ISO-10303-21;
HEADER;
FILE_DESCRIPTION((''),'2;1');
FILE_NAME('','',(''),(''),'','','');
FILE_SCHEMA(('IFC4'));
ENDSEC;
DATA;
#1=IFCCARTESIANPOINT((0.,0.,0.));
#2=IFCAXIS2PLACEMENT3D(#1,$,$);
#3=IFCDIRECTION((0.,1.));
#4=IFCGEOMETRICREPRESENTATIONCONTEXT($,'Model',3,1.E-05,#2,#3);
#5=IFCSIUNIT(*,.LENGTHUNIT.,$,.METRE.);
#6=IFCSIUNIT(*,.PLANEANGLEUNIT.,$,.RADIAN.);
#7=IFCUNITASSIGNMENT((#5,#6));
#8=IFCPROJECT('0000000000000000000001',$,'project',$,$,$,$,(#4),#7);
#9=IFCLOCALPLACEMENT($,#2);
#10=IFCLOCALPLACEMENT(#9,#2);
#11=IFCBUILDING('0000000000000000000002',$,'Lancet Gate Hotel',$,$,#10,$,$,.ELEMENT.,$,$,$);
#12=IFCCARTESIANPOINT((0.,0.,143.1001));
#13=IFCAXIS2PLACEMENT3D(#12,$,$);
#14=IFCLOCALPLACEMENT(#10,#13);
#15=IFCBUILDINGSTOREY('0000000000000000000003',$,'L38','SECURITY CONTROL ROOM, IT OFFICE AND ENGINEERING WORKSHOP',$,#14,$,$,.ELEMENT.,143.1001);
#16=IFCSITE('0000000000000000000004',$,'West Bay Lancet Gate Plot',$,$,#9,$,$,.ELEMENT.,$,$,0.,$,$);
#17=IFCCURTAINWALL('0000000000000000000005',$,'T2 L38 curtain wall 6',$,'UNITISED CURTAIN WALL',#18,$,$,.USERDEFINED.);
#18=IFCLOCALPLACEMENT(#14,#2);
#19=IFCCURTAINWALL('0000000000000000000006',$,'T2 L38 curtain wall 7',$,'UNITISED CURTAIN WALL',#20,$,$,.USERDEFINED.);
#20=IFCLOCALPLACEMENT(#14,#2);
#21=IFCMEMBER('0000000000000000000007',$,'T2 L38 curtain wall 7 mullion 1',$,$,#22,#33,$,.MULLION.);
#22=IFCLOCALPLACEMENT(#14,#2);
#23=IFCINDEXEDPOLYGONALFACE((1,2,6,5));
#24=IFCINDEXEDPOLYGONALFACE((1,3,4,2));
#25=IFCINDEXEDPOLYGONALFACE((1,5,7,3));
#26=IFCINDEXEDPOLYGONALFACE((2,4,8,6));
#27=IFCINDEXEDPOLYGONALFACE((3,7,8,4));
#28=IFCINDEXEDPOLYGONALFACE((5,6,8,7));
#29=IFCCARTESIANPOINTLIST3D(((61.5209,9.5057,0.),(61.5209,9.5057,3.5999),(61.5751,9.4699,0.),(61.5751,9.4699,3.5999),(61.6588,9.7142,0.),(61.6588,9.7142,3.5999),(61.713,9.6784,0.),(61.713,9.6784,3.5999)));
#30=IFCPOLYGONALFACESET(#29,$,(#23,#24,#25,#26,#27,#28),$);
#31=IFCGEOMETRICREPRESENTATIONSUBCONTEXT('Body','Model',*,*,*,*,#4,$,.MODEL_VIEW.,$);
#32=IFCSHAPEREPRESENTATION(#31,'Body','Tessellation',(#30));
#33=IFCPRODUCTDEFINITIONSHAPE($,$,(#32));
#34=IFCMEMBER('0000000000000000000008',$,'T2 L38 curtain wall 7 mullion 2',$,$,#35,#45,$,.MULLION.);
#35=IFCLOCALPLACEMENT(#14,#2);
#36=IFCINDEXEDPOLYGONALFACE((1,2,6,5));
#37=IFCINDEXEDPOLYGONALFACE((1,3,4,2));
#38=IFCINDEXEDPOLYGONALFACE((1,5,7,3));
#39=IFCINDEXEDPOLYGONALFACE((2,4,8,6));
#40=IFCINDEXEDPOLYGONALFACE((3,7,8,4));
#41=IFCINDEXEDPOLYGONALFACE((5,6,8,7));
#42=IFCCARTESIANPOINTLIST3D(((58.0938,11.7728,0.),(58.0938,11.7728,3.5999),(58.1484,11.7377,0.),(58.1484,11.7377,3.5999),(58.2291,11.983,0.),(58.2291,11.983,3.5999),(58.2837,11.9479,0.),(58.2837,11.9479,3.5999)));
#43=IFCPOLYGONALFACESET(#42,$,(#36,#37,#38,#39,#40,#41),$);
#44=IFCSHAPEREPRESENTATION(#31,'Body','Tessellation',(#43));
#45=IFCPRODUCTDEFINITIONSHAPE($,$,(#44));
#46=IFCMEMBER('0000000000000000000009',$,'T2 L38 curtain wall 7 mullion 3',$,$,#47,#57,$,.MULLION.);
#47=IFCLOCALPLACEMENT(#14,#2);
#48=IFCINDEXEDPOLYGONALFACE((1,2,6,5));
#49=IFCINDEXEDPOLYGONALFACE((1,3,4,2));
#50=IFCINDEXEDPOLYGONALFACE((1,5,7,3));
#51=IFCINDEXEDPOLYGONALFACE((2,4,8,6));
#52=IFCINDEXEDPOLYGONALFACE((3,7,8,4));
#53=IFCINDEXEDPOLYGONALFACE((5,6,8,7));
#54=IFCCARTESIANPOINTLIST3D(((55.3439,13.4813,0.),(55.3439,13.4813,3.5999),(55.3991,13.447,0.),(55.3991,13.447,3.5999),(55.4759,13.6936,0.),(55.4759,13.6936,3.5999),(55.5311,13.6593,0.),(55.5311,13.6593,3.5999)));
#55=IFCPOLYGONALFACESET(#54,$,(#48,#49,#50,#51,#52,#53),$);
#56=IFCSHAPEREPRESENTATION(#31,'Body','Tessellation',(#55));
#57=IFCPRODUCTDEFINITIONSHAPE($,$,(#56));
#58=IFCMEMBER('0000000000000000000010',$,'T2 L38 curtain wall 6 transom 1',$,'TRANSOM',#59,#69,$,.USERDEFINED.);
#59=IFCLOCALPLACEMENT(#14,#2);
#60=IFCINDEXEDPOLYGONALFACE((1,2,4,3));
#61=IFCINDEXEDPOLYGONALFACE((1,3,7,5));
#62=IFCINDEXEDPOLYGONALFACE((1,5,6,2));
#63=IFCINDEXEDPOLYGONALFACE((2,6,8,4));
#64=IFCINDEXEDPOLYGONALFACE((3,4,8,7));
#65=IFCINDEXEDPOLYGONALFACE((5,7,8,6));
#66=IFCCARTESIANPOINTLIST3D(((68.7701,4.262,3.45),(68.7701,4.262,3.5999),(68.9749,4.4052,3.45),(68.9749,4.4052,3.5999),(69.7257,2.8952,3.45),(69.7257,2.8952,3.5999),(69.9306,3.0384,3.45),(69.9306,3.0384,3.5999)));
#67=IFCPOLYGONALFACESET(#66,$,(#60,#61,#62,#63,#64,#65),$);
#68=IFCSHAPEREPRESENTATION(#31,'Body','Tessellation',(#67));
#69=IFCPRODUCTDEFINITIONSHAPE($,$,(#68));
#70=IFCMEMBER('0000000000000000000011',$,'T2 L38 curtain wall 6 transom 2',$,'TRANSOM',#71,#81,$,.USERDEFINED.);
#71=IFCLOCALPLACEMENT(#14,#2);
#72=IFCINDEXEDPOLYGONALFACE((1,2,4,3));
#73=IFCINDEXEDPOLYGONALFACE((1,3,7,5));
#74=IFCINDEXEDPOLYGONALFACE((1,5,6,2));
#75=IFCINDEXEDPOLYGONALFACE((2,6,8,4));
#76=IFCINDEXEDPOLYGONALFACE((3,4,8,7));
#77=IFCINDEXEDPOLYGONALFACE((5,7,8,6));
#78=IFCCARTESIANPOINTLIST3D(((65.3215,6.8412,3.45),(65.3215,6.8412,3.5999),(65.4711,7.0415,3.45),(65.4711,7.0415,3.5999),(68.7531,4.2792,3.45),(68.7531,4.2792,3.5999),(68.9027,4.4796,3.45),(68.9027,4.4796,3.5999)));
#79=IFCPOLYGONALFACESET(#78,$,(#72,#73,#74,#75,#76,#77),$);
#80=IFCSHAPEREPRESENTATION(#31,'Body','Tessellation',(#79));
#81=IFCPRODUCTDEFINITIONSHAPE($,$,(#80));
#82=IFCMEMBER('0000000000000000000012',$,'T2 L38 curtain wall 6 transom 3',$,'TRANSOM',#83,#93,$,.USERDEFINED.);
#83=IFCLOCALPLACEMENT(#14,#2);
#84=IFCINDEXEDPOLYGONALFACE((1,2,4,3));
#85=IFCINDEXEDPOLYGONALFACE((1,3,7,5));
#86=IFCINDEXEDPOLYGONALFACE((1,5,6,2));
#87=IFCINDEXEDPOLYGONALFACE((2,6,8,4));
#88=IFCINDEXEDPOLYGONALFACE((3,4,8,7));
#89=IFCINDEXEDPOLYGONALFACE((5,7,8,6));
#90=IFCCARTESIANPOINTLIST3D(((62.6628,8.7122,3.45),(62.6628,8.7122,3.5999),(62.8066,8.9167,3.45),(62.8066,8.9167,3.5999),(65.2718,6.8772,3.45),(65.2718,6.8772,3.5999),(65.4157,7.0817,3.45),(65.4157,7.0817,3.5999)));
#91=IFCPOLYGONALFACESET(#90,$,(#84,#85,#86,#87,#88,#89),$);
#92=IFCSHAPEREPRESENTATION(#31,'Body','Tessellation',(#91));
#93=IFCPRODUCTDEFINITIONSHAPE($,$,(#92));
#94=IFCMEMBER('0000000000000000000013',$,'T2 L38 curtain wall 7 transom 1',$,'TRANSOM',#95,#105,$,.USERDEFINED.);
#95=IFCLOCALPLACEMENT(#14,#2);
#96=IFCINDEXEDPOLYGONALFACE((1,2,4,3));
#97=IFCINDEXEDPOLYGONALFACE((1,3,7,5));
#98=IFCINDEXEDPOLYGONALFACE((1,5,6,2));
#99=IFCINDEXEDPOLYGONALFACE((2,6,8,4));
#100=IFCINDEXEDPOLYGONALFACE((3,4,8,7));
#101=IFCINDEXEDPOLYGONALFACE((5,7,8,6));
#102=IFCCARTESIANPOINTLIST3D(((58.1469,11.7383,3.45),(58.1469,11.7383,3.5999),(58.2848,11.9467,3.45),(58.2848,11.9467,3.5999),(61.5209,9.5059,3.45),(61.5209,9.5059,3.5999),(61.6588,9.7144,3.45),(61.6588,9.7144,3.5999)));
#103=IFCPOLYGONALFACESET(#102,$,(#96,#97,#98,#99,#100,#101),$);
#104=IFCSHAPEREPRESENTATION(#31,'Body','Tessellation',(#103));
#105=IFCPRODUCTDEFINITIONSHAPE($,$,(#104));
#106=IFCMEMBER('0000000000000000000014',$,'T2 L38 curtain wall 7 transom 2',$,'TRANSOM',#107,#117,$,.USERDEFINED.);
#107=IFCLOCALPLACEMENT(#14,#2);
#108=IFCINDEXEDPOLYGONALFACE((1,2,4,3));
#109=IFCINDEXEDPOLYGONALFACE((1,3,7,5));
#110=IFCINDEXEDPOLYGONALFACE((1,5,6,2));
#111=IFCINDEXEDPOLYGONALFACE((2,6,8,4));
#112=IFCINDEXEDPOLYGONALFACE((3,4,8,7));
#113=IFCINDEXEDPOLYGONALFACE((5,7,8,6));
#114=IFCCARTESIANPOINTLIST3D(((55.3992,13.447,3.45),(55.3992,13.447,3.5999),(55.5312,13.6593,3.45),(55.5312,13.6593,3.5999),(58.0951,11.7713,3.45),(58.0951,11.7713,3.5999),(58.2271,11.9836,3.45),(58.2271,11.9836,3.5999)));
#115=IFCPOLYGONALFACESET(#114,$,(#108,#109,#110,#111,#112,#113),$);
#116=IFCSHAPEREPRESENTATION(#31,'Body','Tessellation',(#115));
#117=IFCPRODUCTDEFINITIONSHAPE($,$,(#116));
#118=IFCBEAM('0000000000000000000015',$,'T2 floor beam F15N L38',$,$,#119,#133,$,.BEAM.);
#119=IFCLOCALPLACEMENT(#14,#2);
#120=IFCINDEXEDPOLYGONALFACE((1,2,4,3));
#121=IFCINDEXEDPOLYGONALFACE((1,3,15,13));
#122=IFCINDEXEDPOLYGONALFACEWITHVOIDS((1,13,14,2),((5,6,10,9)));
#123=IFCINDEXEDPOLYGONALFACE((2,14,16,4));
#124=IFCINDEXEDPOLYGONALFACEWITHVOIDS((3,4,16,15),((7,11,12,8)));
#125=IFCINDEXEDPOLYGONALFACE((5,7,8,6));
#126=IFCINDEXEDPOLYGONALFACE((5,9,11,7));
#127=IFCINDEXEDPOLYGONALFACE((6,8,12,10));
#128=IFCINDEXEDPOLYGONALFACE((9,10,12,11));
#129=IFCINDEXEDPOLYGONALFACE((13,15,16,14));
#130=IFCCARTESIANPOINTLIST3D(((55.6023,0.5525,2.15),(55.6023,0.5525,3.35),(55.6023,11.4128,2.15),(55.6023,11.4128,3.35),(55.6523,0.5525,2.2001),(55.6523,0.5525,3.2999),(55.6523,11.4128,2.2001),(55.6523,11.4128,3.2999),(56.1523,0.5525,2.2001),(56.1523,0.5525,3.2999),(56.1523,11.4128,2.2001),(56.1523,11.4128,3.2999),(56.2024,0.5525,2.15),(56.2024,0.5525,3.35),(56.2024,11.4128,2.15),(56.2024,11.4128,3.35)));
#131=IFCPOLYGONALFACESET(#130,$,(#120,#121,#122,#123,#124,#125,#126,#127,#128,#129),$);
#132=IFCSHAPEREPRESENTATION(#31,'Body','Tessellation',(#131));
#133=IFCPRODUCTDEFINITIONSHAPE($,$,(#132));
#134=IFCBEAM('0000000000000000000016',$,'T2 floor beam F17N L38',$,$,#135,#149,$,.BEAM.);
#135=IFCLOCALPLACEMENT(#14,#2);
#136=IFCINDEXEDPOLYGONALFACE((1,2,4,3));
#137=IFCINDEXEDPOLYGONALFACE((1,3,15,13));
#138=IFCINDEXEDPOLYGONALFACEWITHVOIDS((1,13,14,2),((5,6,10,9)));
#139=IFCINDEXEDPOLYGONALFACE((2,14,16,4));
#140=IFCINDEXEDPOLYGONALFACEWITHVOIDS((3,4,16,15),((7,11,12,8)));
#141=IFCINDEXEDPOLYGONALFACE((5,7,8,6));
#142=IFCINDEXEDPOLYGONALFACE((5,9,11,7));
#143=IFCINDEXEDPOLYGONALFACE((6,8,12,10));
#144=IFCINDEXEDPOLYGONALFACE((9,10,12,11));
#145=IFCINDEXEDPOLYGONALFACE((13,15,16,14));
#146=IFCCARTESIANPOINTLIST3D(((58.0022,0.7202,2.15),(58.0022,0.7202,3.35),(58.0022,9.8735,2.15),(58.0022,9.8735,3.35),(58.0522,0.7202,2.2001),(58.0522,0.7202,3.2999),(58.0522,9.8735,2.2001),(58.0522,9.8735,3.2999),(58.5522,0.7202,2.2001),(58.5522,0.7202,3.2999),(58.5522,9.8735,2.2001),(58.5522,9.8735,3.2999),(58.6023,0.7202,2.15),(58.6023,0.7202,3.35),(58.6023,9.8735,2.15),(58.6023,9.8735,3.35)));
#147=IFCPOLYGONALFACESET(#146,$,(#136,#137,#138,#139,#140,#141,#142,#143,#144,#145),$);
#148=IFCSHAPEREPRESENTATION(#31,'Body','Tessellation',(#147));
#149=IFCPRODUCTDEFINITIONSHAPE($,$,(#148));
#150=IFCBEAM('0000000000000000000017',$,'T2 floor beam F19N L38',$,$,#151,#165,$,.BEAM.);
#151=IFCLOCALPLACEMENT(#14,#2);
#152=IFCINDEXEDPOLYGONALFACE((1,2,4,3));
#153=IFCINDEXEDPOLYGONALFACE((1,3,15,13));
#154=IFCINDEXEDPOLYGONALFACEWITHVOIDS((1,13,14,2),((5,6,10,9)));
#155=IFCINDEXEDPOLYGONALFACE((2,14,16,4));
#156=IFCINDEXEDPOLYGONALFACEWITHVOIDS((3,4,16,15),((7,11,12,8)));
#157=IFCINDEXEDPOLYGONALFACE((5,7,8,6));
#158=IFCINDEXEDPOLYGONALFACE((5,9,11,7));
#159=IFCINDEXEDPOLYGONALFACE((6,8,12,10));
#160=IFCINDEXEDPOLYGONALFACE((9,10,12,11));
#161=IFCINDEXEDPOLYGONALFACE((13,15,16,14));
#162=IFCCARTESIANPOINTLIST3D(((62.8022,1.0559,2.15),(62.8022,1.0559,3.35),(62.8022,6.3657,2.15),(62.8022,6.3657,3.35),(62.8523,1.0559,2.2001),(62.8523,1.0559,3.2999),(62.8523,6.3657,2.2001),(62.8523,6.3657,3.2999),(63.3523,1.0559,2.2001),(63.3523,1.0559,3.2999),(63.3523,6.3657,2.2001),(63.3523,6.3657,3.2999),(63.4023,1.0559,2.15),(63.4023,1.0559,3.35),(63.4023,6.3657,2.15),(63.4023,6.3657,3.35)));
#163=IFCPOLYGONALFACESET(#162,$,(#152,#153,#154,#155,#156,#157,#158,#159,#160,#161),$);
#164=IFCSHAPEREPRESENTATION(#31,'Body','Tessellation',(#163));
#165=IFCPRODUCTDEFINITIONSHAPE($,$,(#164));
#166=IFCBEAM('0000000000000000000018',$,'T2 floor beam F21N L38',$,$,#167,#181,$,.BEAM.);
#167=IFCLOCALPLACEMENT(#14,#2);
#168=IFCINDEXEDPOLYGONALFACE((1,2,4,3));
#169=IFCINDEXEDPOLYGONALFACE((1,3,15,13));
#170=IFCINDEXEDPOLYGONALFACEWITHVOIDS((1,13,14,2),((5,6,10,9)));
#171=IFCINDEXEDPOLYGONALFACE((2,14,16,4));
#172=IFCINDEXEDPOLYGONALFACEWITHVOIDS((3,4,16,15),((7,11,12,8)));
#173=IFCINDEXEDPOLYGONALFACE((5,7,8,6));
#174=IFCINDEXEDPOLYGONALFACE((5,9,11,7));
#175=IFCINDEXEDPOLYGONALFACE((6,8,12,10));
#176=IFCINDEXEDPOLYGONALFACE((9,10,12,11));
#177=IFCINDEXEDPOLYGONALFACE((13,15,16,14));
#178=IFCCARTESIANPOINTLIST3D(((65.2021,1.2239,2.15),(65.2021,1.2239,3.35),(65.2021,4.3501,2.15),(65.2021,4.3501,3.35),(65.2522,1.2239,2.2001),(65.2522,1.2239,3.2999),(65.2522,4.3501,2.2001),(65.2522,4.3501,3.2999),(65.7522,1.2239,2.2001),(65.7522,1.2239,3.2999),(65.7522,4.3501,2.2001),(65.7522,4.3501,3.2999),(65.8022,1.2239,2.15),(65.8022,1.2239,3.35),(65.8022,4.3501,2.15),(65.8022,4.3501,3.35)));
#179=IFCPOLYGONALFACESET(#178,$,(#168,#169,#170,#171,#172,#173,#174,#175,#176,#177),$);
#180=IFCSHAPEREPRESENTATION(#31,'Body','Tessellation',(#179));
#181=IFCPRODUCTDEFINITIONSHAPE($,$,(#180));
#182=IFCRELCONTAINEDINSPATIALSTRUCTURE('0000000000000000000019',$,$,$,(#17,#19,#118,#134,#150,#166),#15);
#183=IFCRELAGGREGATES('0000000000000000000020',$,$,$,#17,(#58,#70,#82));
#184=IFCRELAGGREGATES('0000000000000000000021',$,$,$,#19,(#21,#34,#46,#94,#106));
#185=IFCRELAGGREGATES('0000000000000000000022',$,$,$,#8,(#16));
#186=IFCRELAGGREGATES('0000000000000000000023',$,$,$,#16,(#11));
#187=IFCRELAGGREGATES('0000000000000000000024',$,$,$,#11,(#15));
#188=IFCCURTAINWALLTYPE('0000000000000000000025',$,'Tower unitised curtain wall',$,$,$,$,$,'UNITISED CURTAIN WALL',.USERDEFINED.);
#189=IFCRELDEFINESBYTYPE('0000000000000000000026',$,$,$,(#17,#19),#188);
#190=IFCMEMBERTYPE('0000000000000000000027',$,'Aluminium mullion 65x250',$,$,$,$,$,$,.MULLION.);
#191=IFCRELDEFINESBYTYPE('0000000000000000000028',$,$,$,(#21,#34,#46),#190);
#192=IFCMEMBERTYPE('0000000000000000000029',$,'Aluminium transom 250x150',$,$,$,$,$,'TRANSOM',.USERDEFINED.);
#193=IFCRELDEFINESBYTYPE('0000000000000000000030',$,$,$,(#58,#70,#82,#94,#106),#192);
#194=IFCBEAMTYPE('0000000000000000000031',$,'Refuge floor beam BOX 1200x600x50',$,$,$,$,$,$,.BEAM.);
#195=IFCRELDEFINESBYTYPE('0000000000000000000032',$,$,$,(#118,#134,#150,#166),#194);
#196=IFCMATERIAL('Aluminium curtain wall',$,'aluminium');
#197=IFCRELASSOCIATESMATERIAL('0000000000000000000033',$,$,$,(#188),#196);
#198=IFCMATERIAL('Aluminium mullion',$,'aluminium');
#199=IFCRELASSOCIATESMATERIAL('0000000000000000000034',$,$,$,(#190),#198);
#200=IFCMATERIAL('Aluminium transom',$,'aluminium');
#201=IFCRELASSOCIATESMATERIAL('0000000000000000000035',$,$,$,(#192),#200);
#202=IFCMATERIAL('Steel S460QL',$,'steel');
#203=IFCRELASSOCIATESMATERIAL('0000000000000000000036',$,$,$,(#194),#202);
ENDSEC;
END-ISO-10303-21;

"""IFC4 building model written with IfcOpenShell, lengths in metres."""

from ifc_helpers import new_model, si_unit, direction, frame, origin, origin_2d, place, context, subcontext, project, spatial, rectangle, hollow_rectangle, extrude, material, material_profile, profile_set, type_object, element, aggregate, save


model = new_model("IFC4")

# Units and contexts
model_context = context("Model", 3, precision=1e-05, world=origin(), true_north=direction((0.0, 1.0)))
body_context = subcontext(model_context, "Body", "Model", "MODEL_VIEW")
ifc_project = project(units=[si_unit("LENGTHUNIT", "METRE"), si_unit("PLANEANGLEUNIT", "RADIAN")], contexts=[model_context])

# Site, building, storey
site_placement = place(None, origin())
site = spatial("IfcSite", under=ifc_project, at=site_placement, Name="West Bay Lancet Gate Plot", CompositionType="ELEMENT", RefElevation=0.0)
building_placement = place(site_placement, origin())
building = spatial("IfcBuilding", under=site, at=building_placement, Name="Lancet Gate Hotel", CompositionType="ELEMENT")
storey_placement = place(building_placement, frame((0.0, 0.0, 143.1001)))
storey = spatial("IfcBuildingStorey", under=building, at=storey_placement, Name="L38", Description="SECURITY CONTROL ROOM, IT OFFICE AND ENGINEERING WORKSHOP", CompositionType="ELEMENT", Elevation=143.1001)

# Shared definitions
ifc_material_1 = material(Name="Aluminium curtain wall", Category="aluminium")
curtain_wall_type = type_object("IfcCurtainWallType", Name="Tower unitised curtain wall", ElementType="UNITISED CURTAIN WALL", PredefinedType="USERDEFINED", material=ifc_material_1)
ifc_material_2 = material(Name="Aluminium mullion", Category="aluminium")
ifc_material_profile_1 = material_profile(ifc_material_2, rectangle(XDim=0.0649, YDim=0.25, at=origin_2d()), Name="MULLION 65x250")
ifc_profile_set_1 = profile_set([ifc_material_profile_1], Name="Aluminium mullion")
member_type_1 = type_object("IfcMemberType", Name="Aluminium mullion 65x250", PredefinedType="MULLION", material=ifc_profile_set_1)

# Curtain walls, members
curtain_wall_1_placement = place(storey_placement, origin())
curtain_wall_1 = element("IfcCurtainWall", 1, at=curtain_wall_1_placement, inside=storey, type_object=curtain_wall_type, Name="T2 L38 curtain wall 6", ObjectType="UNITISED CURTAIN WALL", PredefinedType="USERDEFINED")
curtain_wall_2_placement = place(storey_placement, origin())
curtain_wall_2 = element("IfcCurtainWall", 2, at=curtain_wall_2_placement, inside=storey, type_object=curtain_wall_type, Name="T2 L38 curtain wall 7", ObjectType="UNITISED CURTAIN WALL", PredefinedType="USERDEFINED")
member_1_placement = place(storey_placement, frame((61.6169, 9.592, 0.0), z_axis=(0.0, 0.0, 1.0), x_axis=(-0.833985, 0.551787, 0.0)))
member_1 = element("IfcMember", 3, at=member_1_placement, type_object=member_type_1, Name="T2 L38 curtain wall 7 mullion 1", PredefinedType="MULLION", context=body_context, shape_type="SweptSolid", body=[
    extrude(rectangle(XDim=0.0649, YDim=0.25, at=origin_2d()), origin(), (0.0, 0.0, 1.0), 3.5999),
])
member_2_placement = place(storey_placement, frame((58.1887, 11.8604, 0.0), z_axis=(0.0, 0.0, 1.0), x_axis=(-0.840826, 0.541305, 0.0)))
member_2 = element("IfcMember", 4, at=member_2_placement, type_object=member_type_1, Name="T2 L38 curtain wall 7 mullion 2", PredefinedType="MULLION", context=body_context, shape_type="SweptSolid", body=[
    extrude(rectangle(XDim=0.0649, YDim=0.25, at=origin_2d()), origin(), (0.0, 0.0, 1.0), 3.5999),
])
member_3_placement = place(storey_placement, frame((55.4375, 13.5703, 0.0), z_axis=(0.0, 0.0, 1.0), x_axis=(-0.849318, 0.527882, 0.0)))
member_3 = element("IfcMember", 5, at=member_3_placement, type_object=member_type_1, Name="T2 L38 curtain wall 7 mullion 3", PredefinedType="MULLION", context=body_context, shape_type="SweptSolid", body=[
    extrude(rectangle(XDim=0.0649, YDim=0.25, at=origin_2d()), origin(), (0.0, 0.0, 1.0), 3.5999),
])

# Members
ifc_material_3 = material(Name="Aluminium transom", Category="aluminium")
ifc_material_profile_2 = material_profile(ifc_material_3, rectangle(XDim=0.25, YDim=0.1499, at=origin_2d()), Name="TRANSOM 250x150")
ifc_profile_set_2 = profile_set([ifc_material_profile_2], Name="Aluminium transom")
member_type_2 = type_object("IfcMemberType", Name="Aluminium transom 250x150", ElementType="TRANSOM", PredefinedType="USERDEFINED", material=ifc_profile_set_2)
member_4_placement = place(storey_placement, frame((69.8281, 2.9668, 3.5249), z_axis=(-0.57301, 0.819548, 0.0), x_axis=(-0.819548, -0.57301, 0.0)))
member_4 = element("IfcMember", 6, at=member_4_placement, type_object=member_type_2, Name="T2 L38 curtain wall 6 transom 1", ObjectType="TRANSOM", PredefinedType="USERDEFINED", context=body_context, shape_type="SweptSolid", body=[
    extrude(rectangle(XDim=0.25, YDim=0.1499, at=origin_2d()), origin(), (0.0, 0.0, 1.0), 1.6677),
])
member_5_placement = place(storey_placement, frame((68.8279, 4.3794, 3.5249), z_axis=(-0.801312, 0.598247, 0.0), x_axis=(-0.598247, -0.801312, 0.0)))
member_5 = element("IfcMember", 7, at=member_5_placement, type_object=member_type_2, Name="T2 L38 curtain wall 6 transom 2", ObjectType="TRANSOM", PredefinedType="USERDEFINED", context=body_context, shape_type="SweptSolid", body=[
    extrude(rectangle(XDim=0.25, YDim=0.1499, at=origin_2d()), origin(), (0.0, 0.0, 1.0), 4.2825),
])
member_6_placement = place(storey_placement, frame((65.3438, 6.9795, 3.5249), z_axis=(-0.817968, 0.575264, 0.0), x_axis=(-0.575264, -0.817968, 0.0)))
member_6 = element("IfcMember", 8, at=member_6_placement, type_object=member_type_2, Name="T2 L38 curtain wall 6 transom 3", ObjectType="TRANSOM", PredefinedType="USERDEFINED", context=body_context, shape_type="SweptSolid", body=[
    extrude(rectangle(XDim=0.25, YDim=0.1499, at=origin_2d()), origin(), (0.0, 0.0, 1.0), 3.1897),
])
member_7_placement = place(storey_placement, frame((61.5898, 9.6101, 3.5249), z_axis=(-0.833976, 0.5518, 0.0), x_axis=(-0.5518, -0.833976, 0.0)))
member_7 = element("IfcMember", 9, at=member_7_placement, type_object=member_type_2, Name="T2 L38 curtain wall 7 transom 1", ObjectType="TRANSOM", PredefinedType="USERDEFINED", context=body_context, shape_type="SweptSolid", body=[
    extrude(rectangle(XDim=0.25, YDim=0.1499, at=origin_2d()), origin(), (0.0, 0.0, 1.0), 4.0457),
])
member_8_placement = place(storey_placement, frame((58.1611, 11.8774, 3.5249), z_axis=(-0.849305, 0.527903, 0.0), x_axis=(-0.527903, -0.849305, 0.0)))
member_8 = element("IfcMember", 10, at=member_8_placement, type_object=member_type_2, Name="T2 L38 curtain wall 7 transom 2", ObjectType="TRANSOM", PredefinedType="USERDEFINED", context=body_context, shape_type="SweptSolid", body=[
    extrude(rectangle(XDim=0.25, YDim=0.1499, at=origin_2d()), origin(), (0.0, 0.0, 1.0), 3.1743),
])

# Beams
ifc_material_4 = material(Name="Steel S460QL", Category="steel")
ifc_material_profile_3 = material_profile(ifc_material_4, hollow_rectangle(XDim=0.6001, YDim=1.2, WallThickness=0.05, at=origin_2d()), Name="BOX 1200x600x50")
ifc_profile_set_3 = profile_set([ifc_material_profile_3], Name="Steel S460QL")
beam_type_1 = type_object("IfcBeamType", Name="Refuge floor beam BOX 1200x600x50", PredefinedType="BEAM", material=ifc_profile_set_3)
beam_1_placement = place(storey_placement, frame((55.9023, 0.5525, 2.75), z_axis=(0.0, 1.0, 0.0), x_axis=(-1.0, 0.0, 0.0)))
element("IfcBeam", 11, at=beam_1_placement, inside=storey, type_object=beam_type_1, Name="T2 floor beam F15N L38", PredefinedType="BEAM", context=body_context, shape_type="SweptSolid", body=[
    extrude(hollow_rectangle(XDim=0.6001, YDim=1.2, WallThickness=0.05, at=origin_2d()), origin(), (0.0, 0.0, 1.0), 10.8604),
])
beam_2_placement = place(storey_placement, frame((58.3022, 0.7202, 2.75), z_axis=(0.0, 1.0, 0.0), x_axis=(-1.0, 0.0, 0.0)))
element("IfcBeam", 12, at=beam_2_placement, inside=storey, type_object=beam_type_1, Name="T2 floor beam F17N L38", PredefinedType="BEAM", context=body_context, shape_type="SweptSolid", body=[
    extrude(hollow_rectangle(XDim=0.6001, YDim=1.2, WallThickness=0.05, at=origin_2d()), origin(), (0.0, 0.0, 1.0), 9.1533),
])
beam_3_placement = place(storey_placement, frame((63.1023, 1.0559, 2.75), z_axis=(0.0, 1.0, 0.0), x_axis=(-1.0, 0.0, 0.0)))
element("IfcBeam", 13, at=beam_3_placement, inside=storey, type_object=beam_type_1, Name="T2 floor beam F19N L38", PredefinedType="BEAM", context=body_context, shape_type="SweptSolid", body=[
    extrude(hollow_rectangle(XDim=0.6001, YDim=1.2, WallThickness=0.05, at=origin_2d()), origin(), (0.0, 0.0, 1.0), 5.3098),
])
beam_4_placement = place(storey_placement, frame((65.5022, 1.2239, 2.75), z_axis=(0.0, 1.0, 0.0), x_axis=(-1.0, 0.0, 0.0)))
element("IfcBeam", 14, at=beam_4_placement, inside=storey, type_object=beam_type_1, Name="T2 floor beam F21N L38", PredefinedType="BEAM", context=body_context, shape_type="SweptSolid", body=[
    extrude(hollow_rectangle(XDim=0.6001, YDim=1.2, WallThickness=0.05, at=origin_2d()), origin(), (0.0, 0.0, 1.0), 3.1262),
])

aggregate(curtain_wall_1, [member_4, member_5, member_6])
aggregate(curtain_wall_2, [member_1, member_2, member_3, member_7, member_8])

save(model, "model.ifc")
